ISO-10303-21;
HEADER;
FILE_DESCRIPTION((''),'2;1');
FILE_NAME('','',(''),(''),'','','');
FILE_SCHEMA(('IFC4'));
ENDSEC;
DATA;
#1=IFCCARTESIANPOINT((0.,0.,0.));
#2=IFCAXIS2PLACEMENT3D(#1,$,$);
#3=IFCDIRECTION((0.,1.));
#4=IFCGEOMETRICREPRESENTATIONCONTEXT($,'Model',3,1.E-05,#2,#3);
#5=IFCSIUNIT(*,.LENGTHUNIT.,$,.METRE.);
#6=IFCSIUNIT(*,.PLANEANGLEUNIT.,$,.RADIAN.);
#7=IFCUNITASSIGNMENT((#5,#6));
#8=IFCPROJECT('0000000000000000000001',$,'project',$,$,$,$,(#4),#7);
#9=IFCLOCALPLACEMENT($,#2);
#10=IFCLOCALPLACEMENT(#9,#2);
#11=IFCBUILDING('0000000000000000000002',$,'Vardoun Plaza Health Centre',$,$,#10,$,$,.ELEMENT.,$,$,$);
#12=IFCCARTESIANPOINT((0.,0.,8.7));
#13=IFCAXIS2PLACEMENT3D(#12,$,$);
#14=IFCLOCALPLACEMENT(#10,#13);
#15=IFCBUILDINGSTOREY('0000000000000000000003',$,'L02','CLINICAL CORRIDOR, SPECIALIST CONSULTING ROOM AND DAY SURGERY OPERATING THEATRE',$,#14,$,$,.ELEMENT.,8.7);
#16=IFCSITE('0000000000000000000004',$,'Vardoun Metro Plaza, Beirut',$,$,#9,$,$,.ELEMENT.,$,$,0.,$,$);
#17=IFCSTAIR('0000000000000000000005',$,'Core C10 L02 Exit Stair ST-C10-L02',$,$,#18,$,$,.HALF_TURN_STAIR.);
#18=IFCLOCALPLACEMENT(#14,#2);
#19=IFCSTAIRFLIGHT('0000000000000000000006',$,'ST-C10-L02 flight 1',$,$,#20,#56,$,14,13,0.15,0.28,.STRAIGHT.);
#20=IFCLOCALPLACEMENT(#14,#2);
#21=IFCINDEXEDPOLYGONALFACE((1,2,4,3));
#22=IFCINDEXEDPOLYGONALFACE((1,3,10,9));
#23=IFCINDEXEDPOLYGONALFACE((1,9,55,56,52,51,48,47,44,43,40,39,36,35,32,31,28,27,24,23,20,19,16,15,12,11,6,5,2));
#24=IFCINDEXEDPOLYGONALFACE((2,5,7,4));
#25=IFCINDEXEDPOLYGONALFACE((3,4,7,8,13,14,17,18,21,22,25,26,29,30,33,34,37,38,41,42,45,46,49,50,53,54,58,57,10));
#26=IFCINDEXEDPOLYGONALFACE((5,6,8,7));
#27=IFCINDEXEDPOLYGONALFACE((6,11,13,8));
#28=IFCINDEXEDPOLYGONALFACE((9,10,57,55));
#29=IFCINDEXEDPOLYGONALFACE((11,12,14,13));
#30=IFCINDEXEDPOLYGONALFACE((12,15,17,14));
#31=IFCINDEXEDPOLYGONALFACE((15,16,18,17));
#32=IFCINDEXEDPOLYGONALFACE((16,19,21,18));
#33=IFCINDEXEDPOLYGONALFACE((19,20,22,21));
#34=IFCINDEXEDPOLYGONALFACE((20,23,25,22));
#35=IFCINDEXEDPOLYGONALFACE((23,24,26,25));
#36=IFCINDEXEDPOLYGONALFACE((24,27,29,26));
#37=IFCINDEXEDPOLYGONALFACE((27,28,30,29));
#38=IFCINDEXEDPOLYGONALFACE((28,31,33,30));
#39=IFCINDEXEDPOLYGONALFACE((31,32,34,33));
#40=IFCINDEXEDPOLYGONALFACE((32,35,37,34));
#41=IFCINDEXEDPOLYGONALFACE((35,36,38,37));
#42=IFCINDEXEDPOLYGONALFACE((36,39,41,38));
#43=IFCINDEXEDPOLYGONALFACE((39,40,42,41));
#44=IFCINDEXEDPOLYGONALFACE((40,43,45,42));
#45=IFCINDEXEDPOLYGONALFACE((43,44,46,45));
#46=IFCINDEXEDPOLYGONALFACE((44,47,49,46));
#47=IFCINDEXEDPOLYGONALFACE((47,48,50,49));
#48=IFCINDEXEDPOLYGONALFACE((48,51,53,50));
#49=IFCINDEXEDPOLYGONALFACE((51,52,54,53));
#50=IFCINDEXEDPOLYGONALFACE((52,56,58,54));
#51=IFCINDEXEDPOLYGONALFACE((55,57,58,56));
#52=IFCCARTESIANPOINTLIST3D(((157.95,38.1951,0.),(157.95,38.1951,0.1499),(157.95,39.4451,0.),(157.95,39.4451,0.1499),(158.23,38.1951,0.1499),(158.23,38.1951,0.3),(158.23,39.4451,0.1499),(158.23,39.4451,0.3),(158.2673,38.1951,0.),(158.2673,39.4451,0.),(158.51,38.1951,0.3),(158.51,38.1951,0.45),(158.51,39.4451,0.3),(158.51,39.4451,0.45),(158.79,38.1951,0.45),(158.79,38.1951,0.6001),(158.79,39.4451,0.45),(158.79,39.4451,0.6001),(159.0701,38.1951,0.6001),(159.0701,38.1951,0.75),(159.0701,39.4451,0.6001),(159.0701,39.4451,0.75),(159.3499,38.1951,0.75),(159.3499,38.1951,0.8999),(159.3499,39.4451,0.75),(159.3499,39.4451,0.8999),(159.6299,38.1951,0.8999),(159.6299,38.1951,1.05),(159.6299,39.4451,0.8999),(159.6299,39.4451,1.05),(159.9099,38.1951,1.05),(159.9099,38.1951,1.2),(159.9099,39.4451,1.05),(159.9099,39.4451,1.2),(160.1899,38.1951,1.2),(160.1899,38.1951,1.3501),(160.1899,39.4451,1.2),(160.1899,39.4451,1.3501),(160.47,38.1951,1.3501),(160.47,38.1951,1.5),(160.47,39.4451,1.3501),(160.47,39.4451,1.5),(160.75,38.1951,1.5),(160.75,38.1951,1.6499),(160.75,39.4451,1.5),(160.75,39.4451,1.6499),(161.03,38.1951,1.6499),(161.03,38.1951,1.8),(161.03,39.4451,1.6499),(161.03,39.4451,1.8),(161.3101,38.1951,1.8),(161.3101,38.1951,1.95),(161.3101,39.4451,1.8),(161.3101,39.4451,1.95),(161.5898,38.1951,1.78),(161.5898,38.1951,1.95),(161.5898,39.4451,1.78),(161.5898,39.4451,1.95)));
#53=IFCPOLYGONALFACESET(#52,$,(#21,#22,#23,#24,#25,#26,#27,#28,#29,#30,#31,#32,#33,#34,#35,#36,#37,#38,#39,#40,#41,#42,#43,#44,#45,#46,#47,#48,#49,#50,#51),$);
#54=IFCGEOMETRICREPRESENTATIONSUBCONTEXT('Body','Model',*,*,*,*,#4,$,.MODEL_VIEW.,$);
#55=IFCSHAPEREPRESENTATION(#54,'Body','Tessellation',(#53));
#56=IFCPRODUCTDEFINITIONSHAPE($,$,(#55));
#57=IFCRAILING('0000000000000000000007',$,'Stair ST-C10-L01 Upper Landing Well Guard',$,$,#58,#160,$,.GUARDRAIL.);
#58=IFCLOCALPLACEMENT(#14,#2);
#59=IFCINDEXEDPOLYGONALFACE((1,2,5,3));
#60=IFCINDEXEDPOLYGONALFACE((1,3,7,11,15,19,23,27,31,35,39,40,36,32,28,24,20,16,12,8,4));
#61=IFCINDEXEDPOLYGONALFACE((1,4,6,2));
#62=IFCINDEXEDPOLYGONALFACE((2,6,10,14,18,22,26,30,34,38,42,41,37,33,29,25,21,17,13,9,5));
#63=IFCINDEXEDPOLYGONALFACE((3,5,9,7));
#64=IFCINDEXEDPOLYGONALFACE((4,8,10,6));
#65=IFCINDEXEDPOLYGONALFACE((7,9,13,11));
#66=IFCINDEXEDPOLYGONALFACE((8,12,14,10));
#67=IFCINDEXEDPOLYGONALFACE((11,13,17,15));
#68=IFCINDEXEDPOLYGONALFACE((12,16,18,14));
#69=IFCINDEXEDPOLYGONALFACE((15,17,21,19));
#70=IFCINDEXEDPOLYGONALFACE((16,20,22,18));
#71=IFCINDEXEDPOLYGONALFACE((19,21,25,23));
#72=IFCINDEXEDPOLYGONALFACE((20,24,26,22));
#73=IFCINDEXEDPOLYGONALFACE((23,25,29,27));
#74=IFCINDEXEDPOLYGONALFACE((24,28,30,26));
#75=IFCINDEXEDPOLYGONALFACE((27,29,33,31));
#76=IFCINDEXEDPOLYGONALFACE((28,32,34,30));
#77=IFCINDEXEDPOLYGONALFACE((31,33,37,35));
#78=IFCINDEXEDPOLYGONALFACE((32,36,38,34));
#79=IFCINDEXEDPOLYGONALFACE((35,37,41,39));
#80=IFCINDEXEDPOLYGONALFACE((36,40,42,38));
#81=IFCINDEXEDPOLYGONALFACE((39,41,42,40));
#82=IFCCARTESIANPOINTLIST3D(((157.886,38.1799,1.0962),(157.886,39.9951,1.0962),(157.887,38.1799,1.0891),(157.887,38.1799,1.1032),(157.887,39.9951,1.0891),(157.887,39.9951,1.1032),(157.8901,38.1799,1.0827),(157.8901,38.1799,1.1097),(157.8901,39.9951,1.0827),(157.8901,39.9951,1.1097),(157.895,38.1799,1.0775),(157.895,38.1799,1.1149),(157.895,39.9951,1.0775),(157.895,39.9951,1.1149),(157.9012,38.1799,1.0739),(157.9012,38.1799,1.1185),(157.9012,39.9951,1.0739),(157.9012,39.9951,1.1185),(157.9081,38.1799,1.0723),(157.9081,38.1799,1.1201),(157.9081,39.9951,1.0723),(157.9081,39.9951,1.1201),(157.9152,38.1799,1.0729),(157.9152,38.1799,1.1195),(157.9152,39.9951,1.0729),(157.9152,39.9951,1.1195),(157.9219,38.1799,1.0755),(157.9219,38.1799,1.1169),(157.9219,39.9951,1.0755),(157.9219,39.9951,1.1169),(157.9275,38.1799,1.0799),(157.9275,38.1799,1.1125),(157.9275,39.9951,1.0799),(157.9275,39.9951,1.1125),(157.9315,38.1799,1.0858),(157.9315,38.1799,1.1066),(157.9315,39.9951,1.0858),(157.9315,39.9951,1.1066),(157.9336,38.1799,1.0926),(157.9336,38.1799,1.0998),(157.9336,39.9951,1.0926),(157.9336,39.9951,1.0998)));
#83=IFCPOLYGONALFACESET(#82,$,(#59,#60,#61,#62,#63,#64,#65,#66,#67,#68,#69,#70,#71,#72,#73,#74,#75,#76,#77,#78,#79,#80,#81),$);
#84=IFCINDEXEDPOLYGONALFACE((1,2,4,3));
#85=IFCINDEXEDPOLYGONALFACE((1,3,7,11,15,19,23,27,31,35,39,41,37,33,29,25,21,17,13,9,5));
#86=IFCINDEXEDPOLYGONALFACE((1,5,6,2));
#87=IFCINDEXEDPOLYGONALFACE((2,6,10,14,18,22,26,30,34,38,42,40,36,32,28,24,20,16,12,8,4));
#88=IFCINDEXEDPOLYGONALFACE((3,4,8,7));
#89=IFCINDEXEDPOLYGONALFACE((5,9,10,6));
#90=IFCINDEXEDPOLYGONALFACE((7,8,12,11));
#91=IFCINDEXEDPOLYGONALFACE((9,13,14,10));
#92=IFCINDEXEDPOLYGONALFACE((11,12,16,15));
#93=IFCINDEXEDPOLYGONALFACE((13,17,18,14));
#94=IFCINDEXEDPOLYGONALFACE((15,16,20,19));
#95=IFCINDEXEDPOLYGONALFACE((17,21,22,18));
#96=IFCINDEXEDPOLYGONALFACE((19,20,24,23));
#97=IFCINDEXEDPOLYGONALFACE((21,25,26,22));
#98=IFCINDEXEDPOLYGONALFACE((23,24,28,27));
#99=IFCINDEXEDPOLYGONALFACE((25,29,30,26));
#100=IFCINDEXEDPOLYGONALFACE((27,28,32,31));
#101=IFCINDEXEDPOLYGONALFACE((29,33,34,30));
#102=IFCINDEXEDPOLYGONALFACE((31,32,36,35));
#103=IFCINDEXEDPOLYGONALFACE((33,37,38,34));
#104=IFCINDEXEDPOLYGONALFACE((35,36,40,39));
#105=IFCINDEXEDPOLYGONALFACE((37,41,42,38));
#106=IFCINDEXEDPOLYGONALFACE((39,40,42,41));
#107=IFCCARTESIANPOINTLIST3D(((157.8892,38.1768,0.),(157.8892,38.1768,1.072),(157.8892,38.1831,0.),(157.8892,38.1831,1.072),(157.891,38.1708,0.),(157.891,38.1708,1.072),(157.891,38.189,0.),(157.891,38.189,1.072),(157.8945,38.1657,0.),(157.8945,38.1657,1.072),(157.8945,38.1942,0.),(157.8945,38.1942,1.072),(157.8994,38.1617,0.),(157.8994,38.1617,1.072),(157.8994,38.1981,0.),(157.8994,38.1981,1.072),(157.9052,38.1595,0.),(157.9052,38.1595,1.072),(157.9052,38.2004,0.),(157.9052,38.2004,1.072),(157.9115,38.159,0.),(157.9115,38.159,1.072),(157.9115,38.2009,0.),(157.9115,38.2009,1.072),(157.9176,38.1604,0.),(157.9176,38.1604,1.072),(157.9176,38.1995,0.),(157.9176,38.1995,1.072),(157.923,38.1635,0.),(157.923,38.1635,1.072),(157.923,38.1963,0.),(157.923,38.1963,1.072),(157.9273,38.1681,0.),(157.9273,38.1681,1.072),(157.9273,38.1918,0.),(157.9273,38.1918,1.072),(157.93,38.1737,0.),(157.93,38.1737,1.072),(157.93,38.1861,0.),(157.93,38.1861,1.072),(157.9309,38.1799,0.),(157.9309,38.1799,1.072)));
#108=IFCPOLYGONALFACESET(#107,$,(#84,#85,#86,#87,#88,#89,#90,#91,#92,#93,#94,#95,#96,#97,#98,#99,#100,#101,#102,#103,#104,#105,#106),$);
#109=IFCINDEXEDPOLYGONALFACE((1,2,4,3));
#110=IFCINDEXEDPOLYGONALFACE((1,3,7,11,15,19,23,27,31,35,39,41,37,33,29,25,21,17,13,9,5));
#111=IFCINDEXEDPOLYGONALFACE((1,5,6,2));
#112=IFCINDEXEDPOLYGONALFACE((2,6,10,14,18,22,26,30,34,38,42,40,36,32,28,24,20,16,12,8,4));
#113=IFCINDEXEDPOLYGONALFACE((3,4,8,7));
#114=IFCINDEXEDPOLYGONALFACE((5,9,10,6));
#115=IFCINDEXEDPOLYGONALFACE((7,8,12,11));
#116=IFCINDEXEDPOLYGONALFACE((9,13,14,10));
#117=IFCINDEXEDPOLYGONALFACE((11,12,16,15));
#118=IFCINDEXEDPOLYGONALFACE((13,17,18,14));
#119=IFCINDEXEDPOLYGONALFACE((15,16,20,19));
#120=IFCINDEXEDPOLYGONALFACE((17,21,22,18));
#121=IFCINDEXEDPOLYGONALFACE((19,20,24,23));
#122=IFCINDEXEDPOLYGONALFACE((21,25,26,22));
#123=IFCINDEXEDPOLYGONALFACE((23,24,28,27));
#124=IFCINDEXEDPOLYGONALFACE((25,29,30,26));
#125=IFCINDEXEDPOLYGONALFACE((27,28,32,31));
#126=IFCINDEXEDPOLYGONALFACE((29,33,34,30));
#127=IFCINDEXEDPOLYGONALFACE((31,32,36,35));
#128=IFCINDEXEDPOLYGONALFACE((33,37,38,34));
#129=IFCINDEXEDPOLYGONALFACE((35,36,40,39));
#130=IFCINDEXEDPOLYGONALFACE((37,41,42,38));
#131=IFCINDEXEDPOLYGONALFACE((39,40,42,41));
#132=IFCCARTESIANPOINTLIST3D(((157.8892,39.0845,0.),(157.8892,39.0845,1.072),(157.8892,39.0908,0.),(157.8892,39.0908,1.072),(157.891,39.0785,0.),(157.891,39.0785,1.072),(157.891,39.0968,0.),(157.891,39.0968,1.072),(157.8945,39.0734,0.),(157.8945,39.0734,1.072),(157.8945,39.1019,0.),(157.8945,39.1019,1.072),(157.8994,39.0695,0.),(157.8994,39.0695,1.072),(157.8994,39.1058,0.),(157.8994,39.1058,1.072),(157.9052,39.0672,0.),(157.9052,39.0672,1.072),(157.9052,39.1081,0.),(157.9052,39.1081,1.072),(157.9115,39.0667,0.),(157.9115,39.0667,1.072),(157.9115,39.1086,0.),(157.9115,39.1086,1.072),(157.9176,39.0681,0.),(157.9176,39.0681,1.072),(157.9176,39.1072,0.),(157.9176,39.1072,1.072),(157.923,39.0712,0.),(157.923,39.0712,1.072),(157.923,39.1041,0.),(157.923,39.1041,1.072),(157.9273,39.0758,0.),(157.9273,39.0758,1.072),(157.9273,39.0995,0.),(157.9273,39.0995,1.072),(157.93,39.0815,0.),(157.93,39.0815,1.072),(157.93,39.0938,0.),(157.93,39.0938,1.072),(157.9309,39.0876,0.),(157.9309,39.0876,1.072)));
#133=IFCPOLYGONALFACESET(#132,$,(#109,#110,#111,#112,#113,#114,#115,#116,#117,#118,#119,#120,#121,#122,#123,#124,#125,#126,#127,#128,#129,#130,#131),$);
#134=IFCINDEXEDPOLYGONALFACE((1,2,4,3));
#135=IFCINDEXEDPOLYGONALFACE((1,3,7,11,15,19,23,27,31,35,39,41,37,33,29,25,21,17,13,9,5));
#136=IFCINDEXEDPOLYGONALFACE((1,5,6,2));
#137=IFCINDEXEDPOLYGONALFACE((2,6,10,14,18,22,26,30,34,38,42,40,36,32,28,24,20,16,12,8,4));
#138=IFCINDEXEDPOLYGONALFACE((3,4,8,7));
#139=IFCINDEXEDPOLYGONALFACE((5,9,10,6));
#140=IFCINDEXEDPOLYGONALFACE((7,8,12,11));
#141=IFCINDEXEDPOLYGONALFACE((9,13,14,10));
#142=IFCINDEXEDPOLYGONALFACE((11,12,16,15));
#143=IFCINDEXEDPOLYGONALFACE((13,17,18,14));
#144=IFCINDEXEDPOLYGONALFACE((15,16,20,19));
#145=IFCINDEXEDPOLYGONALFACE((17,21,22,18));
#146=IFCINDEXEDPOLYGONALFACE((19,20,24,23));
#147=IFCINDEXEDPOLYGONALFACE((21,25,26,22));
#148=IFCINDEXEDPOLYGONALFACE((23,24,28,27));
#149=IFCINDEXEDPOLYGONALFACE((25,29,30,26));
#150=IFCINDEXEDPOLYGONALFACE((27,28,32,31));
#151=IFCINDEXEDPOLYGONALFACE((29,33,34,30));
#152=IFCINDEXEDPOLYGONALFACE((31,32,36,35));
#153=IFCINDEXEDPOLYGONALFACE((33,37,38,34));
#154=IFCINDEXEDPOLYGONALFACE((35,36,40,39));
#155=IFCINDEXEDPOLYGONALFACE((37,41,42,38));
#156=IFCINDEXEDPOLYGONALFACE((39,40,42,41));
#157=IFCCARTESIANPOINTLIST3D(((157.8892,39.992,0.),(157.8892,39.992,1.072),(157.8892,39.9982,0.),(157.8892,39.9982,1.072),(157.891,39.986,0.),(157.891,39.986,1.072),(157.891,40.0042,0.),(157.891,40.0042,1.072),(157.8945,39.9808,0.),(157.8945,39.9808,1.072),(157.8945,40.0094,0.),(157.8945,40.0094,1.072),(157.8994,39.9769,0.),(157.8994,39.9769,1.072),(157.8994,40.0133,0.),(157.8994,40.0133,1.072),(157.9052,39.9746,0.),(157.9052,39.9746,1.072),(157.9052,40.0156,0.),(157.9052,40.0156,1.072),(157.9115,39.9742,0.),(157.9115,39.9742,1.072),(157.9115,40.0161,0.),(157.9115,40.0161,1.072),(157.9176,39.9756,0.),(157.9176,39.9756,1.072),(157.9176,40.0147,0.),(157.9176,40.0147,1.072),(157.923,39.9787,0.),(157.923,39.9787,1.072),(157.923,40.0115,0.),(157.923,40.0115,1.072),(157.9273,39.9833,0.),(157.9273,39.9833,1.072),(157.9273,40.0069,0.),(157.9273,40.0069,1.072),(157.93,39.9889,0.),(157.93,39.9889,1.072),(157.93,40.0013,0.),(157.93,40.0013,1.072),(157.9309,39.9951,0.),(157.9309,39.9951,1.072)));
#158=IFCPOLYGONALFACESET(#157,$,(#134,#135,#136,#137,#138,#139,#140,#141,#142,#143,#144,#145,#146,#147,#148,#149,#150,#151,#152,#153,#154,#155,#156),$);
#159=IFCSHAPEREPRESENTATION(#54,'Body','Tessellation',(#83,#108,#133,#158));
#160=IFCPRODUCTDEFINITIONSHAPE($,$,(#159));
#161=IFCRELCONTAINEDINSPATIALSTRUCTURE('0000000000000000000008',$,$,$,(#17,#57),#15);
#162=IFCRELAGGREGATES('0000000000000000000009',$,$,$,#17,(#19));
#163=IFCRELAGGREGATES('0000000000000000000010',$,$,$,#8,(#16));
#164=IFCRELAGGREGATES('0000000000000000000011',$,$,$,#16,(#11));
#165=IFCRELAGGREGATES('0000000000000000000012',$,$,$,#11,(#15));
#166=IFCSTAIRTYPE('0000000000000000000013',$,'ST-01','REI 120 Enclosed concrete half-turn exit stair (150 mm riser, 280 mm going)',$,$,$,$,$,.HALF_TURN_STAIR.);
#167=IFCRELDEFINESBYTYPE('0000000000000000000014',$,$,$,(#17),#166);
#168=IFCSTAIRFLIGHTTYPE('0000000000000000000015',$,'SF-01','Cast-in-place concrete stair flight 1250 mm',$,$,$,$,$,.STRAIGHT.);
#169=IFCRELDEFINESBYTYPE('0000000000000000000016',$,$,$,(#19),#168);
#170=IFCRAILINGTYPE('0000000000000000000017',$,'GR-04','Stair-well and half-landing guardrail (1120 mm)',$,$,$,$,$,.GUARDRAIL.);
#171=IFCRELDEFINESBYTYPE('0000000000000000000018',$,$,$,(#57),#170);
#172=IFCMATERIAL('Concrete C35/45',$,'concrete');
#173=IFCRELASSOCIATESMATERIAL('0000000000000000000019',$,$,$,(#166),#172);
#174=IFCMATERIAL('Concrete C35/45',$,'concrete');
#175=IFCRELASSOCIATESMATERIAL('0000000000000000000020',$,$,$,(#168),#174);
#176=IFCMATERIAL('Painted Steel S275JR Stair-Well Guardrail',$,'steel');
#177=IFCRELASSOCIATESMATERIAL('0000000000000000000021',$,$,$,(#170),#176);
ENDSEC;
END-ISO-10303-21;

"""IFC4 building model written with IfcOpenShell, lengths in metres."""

from ifc_helpers import new_model, si_unit, direction, frame, origin, origin_2d, place, context, subcontext, project, spatial, polyline, circle, outline, extrude, material, type_object, element, aggregate, save


model = new_model("IFC4")

# Units and contexts
model_context = context("Model", 3, precision=1e-05, world=origin(), true_north=direction((0.0, 1.0)))
body_context = subcontext(model_context, "Body", "Model", "MODEL_VIEW")
ifc_project = project(units=[si_unit("LENGTHUNIT", "METRE"), si_unit("PLANEANGLEUNIT", "RADIAN")], contexts=[model_context])

# Site, building, storey
site_placement = place(None, origin())
site = spatial("IfcSite", under=ifc_project, at=site_placement, Name="Vardoun Metro Plaza, Beirut", CompositionType="ELEMENT", RefElevation=0.0)
building_placement = place(site_placement, origin())
building = spatial("IfcBuilding", under=site, at=building_placement, Name="Vardoun Plaza Health Centre", CompositionType="ELEMENT")
storey_placement = place(building_placement, frame((0.0, 0.0, 8.7)))
storey = spatial("IfcBuildingStorey", under=building, at=storey_placement, Name="L02", Description="CLINICAL CORRIDOR, SPECIALIST CONSULTING ROOM AND DAY SURGERY OPERATING THEATRE", CompositionType="ELEMENT", Elevation=8.7)

# Stair, stair flight
ifc_material_1 = material(Name="Concrete C35/45", Category="concrete")
stair_type = type_object("IfcStairType", Name="ST-01", Description="REI 120 Enclosed concrete half-turn exit stair (150 mm riser, 280 mm going)", PredefinedType="HALF_TURN_STAIR", material=ifc_material_1)
stair_placement = place(storey_placement, origin())
stair = element("IfcStair", 1, at=stair_placement, inside=storey, type_object=stair_type, Name="Core C10 L02 Exit Stair ST-C10-L02", PredefinedType="HALF_TURN_STAIR")
ifc_material_2 = material(Name="Concrete C35/45", Category="concrete")
stair_flight_type = type_object("IfcStairFlightType", Name="SF-01", Description="Cast-in-place concrete stair flight 1250 mm", PredefinedType="STRAIGHT", material=ifc_material_2)
stair_flight_placement = place(storey_placement, frame((157.95, 38.8201, 0.0), z_axis=(0.0, 0.0, 1.0), x_axis=(1.0, 0.0, 0.0)))
stair_flight = element("IfcStairFlight", 2, at=stair_flight_placement, type_object=stair_flight_type, Name="ST-C10-L02 flight 1", NumberOfRisers=14, NumberOfTreads=13, PredefinedType="STRAIGHT", RiserHeight=0.15, TreadLength=0.28, context=body_context, shape_type="SweptSolid", body=[
    extrude(outline(polyline([(0.0, 0.0), (0.0, 0.1499), (0.28, 0.1499), (0.28, 0.3), (0.5601, 0.3), (0.5601, 0.45), (0.8401, 0.45), (0.8401, 0.6001), (1.1201, 0.6001), (1.1201, 0.75), (1.3999, 0.75), (1.3999, 0.8999), (1.6799, 0.8999), (1.6799, 1.05), (1.96, 1.05), (1.96, 1.2), (2.24, 1.2), (2.24, 1.3501), (2.52, 1.3501), (2.52, 1.5), (2.8, 1.5), (2.8, 1.6499), (3.0801, 1.6499), (3.0801, 1.8), (3.3601, 1.8), (3.3601, 1.95), (3.6399, 1.95), (3.6399, 2.1001), (3.6399, 1.78), (0.3174, 0.0), (0.0, 0.0)])), frame((0.0, 0.625, 0.0), z_axis=(0.0, -1.0, 0.0), x_axis=(1.0, 0.0, 0.0)), (0.0, 0.0, 1.0), 1.25),
])
aggregate(stair, [stair_flight])

# Railing
ifc_material_3 = material(Name="Painted Steel S275JR Stair-Well Guardrail", Category="steel")
railing_type = type_object("IfcRailingType", Name="GR-04", Description="Stair-well and half-landing guardrail (1120 mm)", PredefinedType="GUARDRAIL", material=ifc_material_3)
railing_placement = place(storey_placement, frame((157.9099, 38.1799, 0.0)))
element("IfcRailing", 3, at=railing_placement, inside=storey, type_object=railing_type, Name="Stair ST-C10-L01 Upper Landing Well Guard", PredefinedType="GUARDRAIL", context=body_context, shape_type="SweptSolid", body=[
    extrude(circle(Radius=0.0239, at=origin_2d()), frame((0.0, 0.0, 1.0962), z_axis=(0.0, 1.0, 0.0), x_axis=(-1.0, 0.0, 0.0)), (0.0, 0.0, 1.0), 1.8152),
    extrude(circle(Radius=0.021, at=origin_2d()), origin(), (0.0, 0.0, 1.0), 1.072),
    extrude(circle(Radius=0.021, at=origin_2d()), frame((0.0, 0.9077, 0.0)), (0.0, 0.0, 1.0), 1.072),
    extrude(circle(Radius=0.021, at=origin_2d()), frame((0.0, 1.8152, 0.0)), (0.0, 0.0, 1.0), 1.072),
])

save(model, "model.ifc")
